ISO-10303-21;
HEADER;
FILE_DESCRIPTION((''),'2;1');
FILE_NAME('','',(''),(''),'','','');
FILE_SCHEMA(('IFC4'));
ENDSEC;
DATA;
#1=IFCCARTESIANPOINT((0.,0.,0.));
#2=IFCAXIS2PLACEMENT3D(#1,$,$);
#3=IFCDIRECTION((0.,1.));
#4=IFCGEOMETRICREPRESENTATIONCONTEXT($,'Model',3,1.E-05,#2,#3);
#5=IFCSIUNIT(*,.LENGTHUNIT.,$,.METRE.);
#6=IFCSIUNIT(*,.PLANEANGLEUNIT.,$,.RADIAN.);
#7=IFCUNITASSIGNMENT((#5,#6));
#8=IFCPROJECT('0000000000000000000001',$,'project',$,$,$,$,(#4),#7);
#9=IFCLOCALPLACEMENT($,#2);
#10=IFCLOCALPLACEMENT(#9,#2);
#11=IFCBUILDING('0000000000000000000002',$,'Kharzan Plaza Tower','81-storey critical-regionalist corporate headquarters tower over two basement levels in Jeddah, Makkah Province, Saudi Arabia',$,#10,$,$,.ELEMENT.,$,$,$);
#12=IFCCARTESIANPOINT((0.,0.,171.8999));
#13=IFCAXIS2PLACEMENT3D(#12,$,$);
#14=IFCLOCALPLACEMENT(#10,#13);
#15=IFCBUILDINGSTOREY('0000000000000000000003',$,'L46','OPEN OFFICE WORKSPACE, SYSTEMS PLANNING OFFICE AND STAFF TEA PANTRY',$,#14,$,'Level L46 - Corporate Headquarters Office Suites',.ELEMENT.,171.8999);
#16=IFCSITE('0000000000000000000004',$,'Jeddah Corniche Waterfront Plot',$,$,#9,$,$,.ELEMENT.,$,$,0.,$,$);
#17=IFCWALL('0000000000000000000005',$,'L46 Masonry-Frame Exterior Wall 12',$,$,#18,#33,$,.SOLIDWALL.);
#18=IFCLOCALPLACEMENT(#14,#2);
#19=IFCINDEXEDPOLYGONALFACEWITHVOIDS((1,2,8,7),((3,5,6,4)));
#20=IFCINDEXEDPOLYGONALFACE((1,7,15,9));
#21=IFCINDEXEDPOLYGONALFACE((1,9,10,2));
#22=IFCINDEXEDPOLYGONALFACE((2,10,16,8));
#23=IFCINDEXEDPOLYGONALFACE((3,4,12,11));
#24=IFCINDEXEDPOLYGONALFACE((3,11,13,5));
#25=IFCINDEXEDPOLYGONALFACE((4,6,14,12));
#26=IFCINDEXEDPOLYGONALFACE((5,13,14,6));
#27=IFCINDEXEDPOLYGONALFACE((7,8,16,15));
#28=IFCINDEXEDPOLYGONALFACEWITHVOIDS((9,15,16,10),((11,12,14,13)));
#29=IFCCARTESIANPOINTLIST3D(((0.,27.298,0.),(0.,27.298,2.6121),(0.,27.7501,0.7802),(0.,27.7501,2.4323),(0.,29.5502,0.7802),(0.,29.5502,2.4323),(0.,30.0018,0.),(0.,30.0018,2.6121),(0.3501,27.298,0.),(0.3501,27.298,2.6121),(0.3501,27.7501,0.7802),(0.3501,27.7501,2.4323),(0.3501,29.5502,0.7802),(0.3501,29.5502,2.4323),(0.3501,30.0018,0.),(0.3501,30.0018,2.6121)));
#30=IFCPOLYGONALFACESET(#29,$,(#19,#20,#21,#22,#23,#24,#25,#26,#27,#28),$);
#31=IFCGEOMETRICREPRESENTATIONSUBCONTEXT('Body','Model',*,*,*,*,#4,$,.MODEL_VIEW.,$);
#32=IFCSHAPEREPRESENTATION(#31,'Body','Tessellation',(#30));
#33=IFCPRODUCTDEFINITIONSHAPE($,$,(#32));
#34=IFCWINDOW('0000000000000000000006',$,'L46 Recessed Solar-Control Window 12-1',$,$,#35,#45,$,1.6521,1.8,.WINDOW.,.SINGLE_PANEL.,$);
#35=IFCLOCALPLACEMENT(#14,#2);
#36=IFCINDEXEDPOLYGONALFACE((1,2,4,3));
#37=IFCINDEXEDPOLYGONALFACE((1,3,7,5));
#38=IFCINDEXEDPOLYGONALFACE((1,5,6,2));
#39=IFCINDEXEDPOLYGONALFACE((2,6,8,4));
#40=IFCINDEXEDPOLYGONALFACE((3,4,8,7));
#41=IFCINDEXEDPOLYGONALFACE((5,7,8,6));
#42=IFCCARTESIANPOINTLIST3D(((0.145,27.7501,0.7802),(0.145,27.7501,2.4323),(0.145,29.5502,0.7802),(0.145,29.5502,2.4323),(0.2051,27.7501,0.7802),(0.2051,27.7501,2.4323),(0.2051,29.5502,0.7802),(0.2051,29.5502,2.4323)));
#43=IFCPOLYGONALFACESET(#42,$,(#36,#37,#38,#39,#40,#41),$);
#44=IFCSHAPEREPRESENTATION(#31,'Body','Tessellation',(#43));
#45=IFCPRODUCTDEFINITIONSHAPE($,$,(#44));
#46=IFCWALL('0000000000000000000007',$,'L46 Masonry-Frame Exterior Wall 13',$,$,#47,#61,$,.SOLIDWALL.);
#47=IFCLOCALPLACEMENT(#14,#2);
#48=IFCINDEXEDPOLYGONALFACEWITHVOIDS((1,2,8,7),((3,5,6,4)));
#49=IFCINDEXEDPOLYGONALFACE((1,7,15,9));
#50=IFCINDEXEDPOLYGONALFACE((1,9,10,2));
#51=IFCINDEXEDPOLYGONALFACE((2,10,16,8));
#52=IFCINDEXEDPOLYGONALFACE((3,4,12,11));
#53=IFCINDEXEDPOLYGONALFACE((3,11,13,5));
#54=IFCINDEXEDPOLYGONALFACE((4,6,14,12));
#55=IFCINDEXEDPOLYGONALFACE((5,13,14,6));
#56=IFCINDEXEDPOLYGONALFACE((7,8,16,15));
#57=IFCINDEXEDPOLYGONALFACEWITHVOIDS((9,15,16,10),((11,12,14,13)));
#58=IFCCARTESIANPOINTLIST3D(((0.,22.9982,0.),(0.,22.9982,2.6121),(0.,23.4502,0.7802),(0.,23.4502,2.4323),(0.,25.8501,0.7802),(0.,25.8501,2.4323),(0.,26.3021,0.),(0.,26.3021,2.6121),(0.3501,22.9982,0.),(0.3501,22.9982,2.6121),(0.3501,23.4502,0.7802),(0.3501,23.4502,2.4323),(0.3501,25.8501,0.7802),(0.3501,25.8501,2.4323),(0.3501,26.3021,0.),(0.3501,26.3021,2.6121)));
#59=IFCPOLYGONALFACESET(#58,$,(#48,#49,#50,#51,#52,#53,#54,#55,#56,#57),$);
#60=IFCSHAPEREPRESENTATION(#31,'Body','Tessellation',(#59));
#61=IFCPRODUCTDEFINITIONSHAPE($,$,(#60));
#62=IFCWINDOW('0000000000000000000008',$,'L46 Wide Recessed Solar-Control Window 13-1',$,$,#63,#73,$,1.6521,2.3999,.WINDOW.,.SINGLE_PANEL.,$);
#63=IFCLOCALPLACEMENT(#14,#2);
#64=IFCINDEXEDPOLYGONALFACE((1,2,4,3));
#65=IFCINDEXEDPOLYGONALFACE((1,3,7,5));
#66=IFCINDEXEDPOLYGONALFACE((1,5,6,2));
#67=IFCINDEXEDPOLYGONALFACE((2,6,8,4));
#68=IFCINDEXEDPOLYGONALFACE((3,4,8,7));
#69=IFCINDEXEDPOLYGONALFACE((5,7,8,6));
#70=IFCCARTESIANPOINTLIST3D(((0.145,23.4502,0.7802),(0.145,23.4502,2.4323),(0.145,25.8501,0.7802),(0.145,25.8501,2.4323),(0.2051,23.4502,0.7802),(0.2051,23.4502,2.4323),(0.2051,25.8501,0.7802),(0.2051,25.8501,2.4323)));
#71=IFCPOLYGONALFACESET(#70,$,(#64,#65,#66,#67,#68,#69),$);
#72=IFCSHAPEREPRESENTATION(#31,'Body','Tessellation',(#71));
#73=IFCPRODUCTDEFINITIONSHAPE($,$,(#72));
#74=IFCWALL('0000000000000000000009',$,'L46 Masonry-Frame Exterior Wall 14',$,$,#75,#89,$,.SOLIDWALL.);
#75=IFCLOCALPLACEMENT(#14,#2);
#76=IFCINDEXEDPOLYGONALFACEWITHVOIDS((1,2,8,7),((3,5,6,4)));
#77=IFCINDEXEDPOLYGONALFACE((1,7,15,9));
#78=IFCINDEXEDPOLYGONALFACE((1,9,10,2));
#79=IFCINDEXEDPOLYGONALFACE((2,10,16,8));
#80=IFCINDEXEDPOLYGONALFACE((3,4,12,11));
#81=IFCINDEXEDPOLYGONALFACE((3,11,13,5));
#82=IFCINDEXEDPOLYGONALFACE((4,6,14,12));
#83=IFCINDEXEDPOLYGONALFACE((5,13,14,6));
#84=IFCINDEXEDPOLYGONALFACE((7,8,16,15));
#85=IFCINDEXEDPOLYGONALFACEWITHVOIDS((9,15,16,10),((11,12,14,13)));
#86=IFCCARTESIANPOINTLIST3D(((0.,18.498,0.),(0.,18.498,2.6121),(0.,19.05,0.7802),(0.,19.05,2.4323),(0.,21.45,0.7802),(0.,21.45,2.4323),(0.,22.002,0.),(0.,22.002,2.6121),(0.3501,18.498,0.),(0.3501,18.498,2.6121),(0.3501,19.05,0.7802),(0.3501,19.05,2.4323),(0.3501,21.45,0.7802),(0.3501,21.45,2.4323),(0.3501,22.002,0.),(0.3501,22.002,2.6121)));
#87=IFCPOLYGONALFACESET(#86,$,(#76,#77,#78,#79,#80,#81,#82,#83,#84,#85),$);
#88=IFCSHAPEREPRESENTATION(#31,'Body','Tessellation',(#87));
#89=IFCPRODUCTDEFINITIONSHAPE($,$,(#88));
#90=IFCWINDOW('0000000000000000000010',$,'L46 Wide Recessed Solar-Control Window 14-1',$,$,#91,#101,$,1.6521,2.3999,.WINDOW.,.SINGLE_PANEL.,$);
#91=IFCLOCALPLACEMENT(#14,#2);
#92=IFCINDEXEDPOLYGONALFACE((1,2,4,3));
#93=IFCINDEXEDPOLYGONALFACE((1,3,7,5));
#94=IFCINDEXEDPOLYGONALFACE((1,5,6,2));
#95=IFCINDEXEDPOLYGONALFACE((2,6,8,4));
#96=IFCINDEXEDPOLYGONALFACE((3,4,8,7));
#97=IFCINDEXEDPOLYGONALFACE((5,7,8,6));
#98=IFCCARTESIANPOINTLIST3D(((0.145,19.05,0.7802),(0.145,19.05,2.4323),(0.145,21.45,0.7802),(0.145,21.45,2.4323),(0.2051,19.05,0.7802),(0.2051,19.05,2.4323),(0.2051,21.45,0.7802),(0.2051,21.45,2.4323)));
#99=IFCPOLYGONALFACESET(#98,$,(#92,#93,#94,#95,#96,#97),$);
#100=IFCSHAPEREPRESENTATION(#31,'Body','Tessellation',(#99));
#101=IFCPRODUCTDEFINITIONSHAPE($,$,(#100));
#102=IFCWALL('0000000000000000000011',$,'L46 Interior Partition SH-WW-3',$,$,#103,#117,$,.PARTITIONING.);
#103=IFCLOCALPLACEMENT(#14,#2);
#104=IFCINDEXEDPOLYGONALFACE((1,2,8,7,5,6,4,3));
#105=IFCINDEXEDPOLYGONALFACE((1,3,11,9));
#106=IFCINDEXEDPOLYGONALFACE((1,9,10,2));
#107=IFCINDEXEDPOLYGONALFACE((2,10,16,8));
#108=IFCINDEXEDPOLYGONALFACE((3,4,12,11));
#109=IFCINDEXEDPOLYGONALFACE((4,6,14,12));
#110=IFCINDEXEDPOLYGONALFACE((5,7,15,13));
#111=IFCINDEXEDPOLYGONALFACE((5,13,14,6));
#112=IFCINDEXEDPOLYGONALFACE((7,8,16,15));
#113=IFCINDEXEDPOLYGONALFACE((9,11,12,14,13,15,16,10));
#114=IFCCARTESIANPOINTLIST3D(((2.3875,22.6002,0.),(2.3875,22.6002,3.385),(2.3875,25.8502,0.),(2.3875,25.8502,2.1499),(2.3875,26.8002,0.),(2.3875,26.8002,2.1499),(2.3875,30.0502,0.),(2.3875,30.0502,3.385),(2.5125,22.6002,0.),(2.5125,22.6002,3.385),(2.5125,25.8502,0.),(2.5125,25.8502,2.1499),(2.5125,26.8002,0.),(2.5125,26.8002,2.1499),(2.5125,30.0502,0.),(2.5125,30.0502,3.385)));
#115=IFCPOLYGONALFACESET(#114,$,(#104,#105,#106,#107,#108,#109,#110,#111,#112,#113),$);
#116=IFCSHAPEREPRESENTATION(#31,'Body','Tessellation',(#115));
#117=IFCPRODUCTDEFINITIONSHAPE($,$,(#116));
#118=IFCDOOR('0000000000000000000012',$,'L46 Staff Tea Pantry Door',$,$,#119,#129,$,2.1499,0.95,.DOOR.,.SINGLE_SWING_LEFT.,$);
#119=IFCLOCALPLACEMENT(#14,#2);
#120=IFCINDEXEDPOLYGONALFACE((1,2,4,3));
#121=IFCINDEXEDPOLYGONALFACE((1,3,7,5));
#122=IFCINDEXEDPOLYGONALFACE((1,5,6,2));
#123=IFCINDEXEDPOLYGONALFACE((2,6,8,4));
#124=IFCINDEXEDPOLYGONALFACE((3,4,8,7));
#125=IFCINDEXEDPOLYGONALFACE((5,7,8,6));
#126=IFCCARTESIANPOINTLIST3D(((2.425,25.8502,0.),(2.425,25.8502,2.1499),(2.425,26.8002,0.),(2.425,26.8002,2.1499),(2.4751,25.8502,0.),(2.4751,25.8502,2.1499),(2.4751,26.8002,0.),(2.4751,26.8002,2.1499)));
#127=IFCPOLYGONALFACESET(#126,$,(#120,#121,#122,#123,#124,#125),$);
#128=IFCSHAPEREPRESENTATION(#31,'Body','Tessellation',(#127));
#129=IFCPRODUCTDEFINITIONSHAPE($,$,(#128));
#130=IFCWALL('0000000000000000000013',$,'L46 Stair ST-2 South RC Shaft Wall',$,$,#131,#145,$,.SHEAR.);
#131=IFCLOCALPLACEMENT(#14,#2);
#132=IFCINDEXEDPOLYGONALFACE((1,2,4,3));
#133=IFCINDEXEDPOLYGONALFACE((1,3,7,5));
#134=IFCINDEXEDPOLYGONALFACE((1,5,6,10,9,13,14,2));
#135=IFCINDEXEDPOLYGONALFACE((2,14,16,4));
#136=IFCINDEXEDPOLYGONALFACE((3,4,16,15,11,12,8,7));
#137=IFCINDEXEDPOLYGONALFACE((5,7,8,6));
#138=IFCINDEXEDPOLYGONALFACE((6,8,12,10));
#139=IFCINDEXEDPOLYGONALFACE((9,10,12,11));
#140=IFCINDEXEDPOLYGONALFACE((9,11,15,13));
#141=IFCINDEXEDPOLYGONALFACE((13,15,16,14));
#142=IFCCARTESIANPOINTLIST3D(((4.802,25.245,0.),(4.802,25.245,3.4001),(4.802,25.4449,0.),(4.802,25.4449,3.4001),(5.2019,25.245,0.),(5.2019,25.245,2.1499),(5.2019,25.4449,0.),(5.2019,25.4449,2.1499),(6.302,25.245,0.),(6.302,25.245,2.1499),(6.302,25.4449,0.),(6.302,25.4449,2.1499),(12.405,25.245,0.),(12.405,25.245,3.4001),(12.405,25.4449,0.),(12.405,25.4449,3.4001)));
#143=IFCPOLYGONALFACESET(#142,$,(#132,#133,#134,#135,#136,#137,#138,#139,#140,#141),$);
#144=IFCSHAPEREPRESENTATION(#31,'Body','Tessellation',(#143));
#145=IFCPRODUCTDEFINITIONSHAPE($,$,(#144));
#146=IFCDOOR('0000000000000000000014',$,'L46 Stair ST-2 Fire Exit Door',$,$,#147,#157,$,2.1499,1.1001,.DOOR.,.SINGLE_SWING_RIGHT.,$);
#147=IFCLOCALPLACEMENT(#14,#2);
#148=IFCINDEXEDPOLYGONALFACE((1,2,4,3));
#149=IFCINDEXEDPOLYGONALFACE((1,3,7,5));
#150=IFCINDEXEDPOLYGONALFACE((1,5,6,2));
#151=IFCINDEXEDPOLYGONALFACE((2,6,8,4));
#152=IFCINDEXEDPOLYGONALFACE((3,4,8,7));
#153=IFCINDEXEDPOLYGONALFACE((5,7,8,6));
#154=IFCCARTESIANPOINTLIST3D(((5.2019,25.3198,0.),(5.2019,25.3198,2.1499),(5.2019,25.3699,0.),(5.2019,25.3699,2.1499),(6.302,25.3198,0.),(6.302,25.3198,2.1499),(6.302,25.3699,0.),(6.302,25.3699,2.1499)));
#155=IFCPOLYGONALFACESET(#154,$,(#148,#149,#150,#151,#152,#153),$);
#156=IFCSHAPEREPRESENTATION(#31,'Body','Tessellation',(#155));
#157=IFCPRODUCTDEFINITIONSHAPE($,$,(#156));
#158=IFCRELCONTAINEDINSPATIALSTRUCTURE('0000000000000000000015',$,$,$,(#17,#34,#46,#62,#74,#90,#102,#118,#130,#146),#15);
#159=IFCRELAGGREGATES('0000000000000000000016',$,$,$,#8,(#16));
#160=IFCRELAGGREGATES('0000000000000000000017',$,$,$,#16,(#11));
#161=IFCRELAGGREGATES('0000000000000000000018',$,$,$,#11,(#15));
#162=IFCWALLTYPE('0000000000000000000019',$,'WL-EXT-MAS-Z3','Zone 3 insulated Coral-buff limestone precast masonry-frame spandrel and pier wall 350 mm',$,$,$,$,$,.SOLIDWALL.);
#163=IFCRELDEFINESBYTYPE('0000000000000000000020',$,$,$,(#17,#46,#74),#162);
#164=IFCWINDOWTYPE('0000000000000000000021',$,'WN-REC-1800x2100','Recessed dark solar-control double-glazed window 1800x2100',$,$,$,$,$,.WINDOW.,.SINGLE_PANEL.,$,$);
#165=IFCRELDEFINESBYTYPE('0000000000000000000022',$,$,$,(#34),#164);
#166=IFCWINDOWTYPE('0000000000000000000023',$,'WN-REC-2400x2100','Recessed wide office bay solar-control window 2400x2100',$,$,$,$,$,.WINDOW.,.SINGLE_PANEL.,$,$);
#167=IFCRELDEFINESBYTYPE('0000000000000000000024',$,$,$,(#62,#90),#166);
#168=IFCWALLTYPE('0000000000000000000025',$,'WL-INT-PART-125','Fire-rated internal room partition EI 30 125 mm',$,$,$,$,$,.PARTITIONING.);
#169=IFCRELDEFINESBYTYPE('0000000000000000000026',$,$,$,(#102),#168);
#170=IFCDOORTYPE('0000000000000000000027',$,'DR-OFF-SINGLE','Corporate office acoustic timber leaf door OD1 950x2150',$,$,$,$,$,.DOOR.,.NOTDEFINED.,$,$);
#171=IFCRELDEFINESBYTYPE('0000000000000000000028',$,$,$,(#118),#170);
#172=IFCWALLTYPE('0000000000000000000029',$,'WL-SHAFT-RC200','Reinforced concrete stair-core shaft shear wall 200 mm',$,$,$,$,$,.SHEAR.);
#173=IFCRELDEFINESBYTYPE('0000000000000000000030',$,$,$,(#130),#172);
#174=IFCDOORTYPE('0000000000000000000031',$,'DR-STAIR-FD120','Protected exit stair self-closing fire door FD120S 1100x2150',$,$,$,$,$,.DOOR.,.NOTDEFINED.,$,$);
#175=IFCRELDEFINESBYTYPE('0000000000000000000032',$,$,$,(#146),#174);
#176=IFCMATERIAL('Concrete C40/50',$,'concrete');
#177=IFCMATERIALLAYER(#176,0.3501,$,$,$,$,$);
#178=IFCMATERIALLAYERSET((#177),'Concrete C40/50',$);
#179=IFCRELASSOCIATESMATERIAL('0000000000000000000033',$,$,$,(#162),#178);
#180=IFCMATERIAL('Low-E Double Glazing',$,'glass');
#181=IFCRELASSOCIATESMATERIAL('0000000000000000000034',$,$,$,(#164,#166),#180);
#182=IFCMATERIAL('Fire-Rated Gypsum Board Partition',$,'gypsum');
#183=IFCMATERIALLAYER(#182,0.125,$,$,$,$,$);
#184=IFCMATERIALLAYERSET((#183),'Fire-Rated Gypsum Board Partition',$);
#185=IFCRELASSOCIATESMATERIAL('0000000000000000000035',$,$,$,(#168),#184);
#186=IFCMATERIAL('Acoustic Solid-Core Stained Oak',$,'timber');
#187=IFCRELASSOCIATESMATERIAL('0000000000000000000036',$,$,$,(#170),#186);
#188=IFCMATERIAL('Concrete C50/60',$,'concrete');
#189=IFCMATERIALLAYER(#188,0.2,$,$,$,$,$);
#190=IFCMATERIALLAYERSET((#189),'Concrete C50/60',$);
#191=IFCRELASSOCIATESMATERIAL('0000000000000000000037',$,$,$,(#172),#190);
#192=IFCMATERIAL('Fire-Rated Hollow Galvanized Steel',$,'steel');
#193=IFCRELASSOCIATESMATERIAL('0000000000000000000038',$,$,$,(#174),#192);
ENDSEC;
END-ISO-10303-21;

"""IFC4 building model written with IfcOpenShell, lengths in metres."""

from ifc_helpers import new_model, si_unit, direction, frame, frame_2d, origin, place, context, subcontext, project, spatial, rectangle, extrude, source, transform, mapped, material, layer, layer_set, type_object, element, fill, save


model = new_model("IFC4")

# Units and contexts
model_context = context("Model", 3, precision=1e-05, world=origin(), true_north=direction((0.0, 1.0)))
body_context = subcontext(model_context, "Body", "Model", "MODEL_VIEW")
ifc_project = project(units=[si_unit("LENGTHUNIT", "METRE"), si_unit("PLANEANGLEUNIT", "RADIAN")], contexts=[model_context])

# Site, building, storey
site_placement = place(None, origin())
site = spatial("IfcSite", under=ifc_project, at=site_placement, Name="Jeddah Corniche Waterfront Plot", CompositionType="ELEMENT", RefElevation=0.0)
building_placement = place(site_placement, origin())
building = spatial("IfcBuilding", under=site, at=building_placement, Name="Kharzan Plaza Tower", Description="81-storey critical-regionalist corporate headquarters tower over two basement levels in Jeddah, Makkah Province, Saudi Arabia", CompositionType="ELEMENT")
storey_placement = place(building_placement, frame((0.0, 0.0, 171.8999)))
storey = spatial("IfcBuildingStorey", under=building, at=storey_placement, Name="L46", Description="OPEN OFFICE WORKSPACE, SYSTEMS PLANNING OFFICE AND STAFF TEA PANTRY", LongName="Level L46 - Corporate Headquarters Office Suites", CompositionType="ELEMENT", Elevation=171.8999)

# Shared definitions
ifc_material_1 = material(Name="Concrete C50/60", Category="concrete")

# Walls, openings, windows
ifc_material_2 = material(Name="Concrete C40/50", Category="concrete")
ifc_layer_1 = layer(ifc_material_2, 0.3501)
ifc_layer_set_1 = layer_set([ifc_layer_1], Name="Concrete C40/50")
wall_type_1 = type_object("IfcWallType", Name="WL-EXT-MAS-Z3", Description="Zone 3 insulated Coral-buff limestone precast masonry-frame spandrel and pier wall 350 mm", PredefinedType="SOLIDWALL", material=ifc_layer_set_1)
wall_1_placement = place(storey_placement, frame((0.175, 30.002, 0.0), z_axis=(0.0, 0.0, 1.0), x_axis=(0.0, -1.0, 0.0)))
wall_1 = element("IfcWall", 1, at=wall_1_placement, inside=storey, type_object=wall_type_1, Name="L46 Masonry-Frame Exterior Wall 12", PredefinedType="SOLIDWALL", context=body_context, shape_type="SweptSolid", body=[
    extrude(rectangle(XDim=2.7039, YDim=0.3501, at=frame_2d((1.3521, 0.0))), origin(), (0.0, 0.0, 1.0), 2.6121),
])
opening_1_placement = place(wall_1_placement, frame((0.4519, 0.0, 0.78)))
opening_1 = element("IfcOpeningElement", 2, at=opening_1_placement, cuts=wall_1, PredefinedType="OPENING", context=body_context, shape_type="SweptSolid", body=[
    extrude(rectangle(XDim=1.8, YDim=1.6521, at=frame_2d((0.8999, 0.8262))), frame((0.0, 0.1851, 0.0), z_axis=(0.0, -1.0, 0.0), x_axis=(1.0, 0.0, 0.0)), (0.0, 0.0, 1.0), 0.3701),
])
ifc_material_3 = material(Name="Low-E Double Glazing", Category="glass")
window_type_1 = type_object("IfcWindowType", Name="WN-REC-1800x2100", Description="Recessed dark solar-control double-glazed window 1800x2100", PartitioningType="SINGLE_PANEL", PredefinedType="WINDOW", material=ifc_material_3)
shared_shape_1 = source(origin(), body_context, "Body", "SweptSolid", [
    extrude(rectangle(XDim=1.8, YDim=1.6521, at=frame_2d((0.8999, 0.8262))), frame((0.0, 0.03, 0.0), z_axis=(0.0, -1.0, 0.0), x_axis=(1.0, 0.0, 0.0)), (0.0, 0.0, 1.0), 0.0601),
])
window_1_placement = place(opening_1_placement, origin())
window_1 = element("IfcWindow", 3, at=window_1_placement, inside=storey, type_object=window_type_1, Name="L46 Recessed Solar-Control Window 12-1", OverallHeight=1.6521, OverallWidth=1.8, PartitioningType="SINGLE_PANEL", PredefinedType="WINDOW", context=body_context, shape_type="MappedRepresentation", body=[
    mapped(shared_shape_1, transform((0.0, 0.0, 0.0), x_axis=(1.0, 0.0, 0.0), y_axis=(0.0, 1.0, 0.0), z_axis=(0.0, 0.0, 1.0))),
])
fill(opening_1, window_1)
wall_2_placement = place(storey_placement, frame((0.175, 26.302, 0.0), z_axis=(0.0, 0.0, 1.0), x_axis=(0.0, -1.0, 0.0)))
wall_2 = element("IfcWall", 4, at=wall_2_placement, inside=storey, type_object=wall_type_1, Name="L46 Masonry-Frame Exterior Wall 13", PredefinedType="SOLIDWALL", context=body_context, shape_type="SweptSolid", body=[
    extrude(rectangle(XDim=3.304, YDim=0.3501, at=frame_2d((1.6519, 0.0))), origin(), (0.0, 0.0, 1.0), 2.6121),
])
opening_2_placement = place(wall_2_placement, frame((0.4519, 0.0, 0.78)))
opening_2 = element("IfcOpeningElement", 5, at=opening_2_placement, cuts=wall_2, PredefinedType="OPENING", context=body_context, shape_type="SweptSolid", body=[
    extrude(rectangle(XDim=2.3999, YDim=1.6521, at=frame_2d((1.2, 0.8262))), frame((0.0, 0.1851, 0.0), z_axis=(0.0, -1.0, 0.0), x_axis=(1.0, 0.0, 0.0)), (0.0, 0.0, 1.0), 0.3701),
])
window_type_2 = type_object("IfcWindowType", Name="WN-REC-2400x2100", Description="Recessed wide office bay solar-control window 2400x2100", PartitioningType="SINGLE_PANEL", PredefinedType="WINDOW", material=ifc_material_3)
shared_shape_2 = source(origin(), body_context, "Body", "SweptSolid", [
    extrude(rectangle(XDim=2.3999, YDim=1.6521, at=frame_2d((1.2, 0.8262))), frame((0.0, 0.03, 0.0), z_axis=(0.0, -1.0, 0.0), x_axis=(1.0, 0.0, 0.0)), (0.0, 0.0, 1.0), 0.0601),
])
window_2_placement = place(opening_2_placement, origin())
window_2 = element("IfcWindow", 6, at=window_2_placement, inside=storey, type_object=window_type_2, Name="L46 Wide Recessed Solar-Control Window 13-1", OverallHeight=1.6521, OverallWidth=2.3999, PartitioningType="SINGLE_PANEL", PredefinedType="WINDOW", context=body_context, shape_type="MappedRepresentation", body=[
    mapped(shared_shape_2, transform((0.0, 0.0, 0.0), x_axis=(1.0, 0.0, 0.0), y_axis=(0.0, 1.0, 0.0), z_axis=(0.0, 0.0, 1.0))),
])
fill(opening_2, window_2)
wall_3_placement = place(storey_placement, frame((0.175, 22.002, 0.0), z_axis=(0.0, 0.0, 1.0), x_axis=(0.0, -1.0, 0.0)))
wall_3 = element("IfcWall", 7, at=wall_3_placement, inside=storey, type_object=wall_type_1, Name="L46 Masonry-Frame Exterior Wall 14", PredefinedType="SOLIDWALL", context=body_context, shape_type="SweptSolid", body=[
    extrude(rectangle(XDim=3.5039, YDim=0.3501, at=frame_2d((1.752, 0.0))), origin(), (0.0, 0.0, 1.0), 2.6121),
])
opening_3_placement = place(wall_3_placement, frame((0.552, 0.0, 0.78)))
opening_3 = element("IfcOpeningElement", 8, at=opening_3_placement, cuts=wall_3, PredefinedType="OPENING", context=body_context, shape_type="SweptSolid", body=[
    extrude(rectangle(XDim=2.3999, YDim=1.6521, at=frame_2d((1.2, 0.8262))), frame((0.0, 0.1851, 0.0), z_axis=(0.0, -1.0, 0.0), x_axis=(1.0, 0.0, 0.0)), (0.0, 0.0, 1.0), 0.3701),
])
window_3_placement = place(opening_3_placement, origin())
window_3 = element("IfcWindow", 9, at=window_3_placement, inside=storey, type_object=window_type_2, Name="L46 Wide Recessed Solar-Control Window 14-1", OverallHeight=1.6521, OverallWidth=2.3999, PartitioningType="SINGLE_PANEL", PredefinedType="WINDOW", context=body_context, shape_type="MappedRepresentation", body=[
    mapped(shared_shape_2, transform((0.0, 0.0, 0.0), x_axis=(1.0, 0.0, 0.0), y_axis=(0.0, 1.0, 0.0), z_axis=(0.0, 0.0, 1.0))),
])
fill(opening_3, window_3)

# Walls, openings, doors
ifc_material_4 = material(Name="Fire-Rated Gypsum Board Partition", Category="gypsum")
ifc_layer_2 = layer(ifc_material_4, 0.125)
ifc_layer_set_2 = layer_set([ifc_layer_2], Name="Fire-Rated Gypsum Board Partition")
wall_type_2 = type_object("IfcWallType", Name="WL-INT-PART-125", Description="Fire-rated internal room partition EI 30 125 mm", PredefinedType="PARTITIONING", material=ifc_layer_set_2)
wall_4_placement = place(storey_placement, frame((2.45, 22.6001, 0.0), z_axis=(0.0, 0.0, 1.0), x_axis=(0.0, 1.0, 0.0)))
wall_4 = element("IfcWall", 10, at=wall_4_placement, inside=storey, type_object=wall_type_2, Name="L46 Interior Partition SH-WW-3", PredefinedType="PARTITIONING", context=body_context, shape_type="SweptSolid", body=[
    extrude(rectangle(XDim=7.45, YDim=0.125, at=frame_2d((3.7251, 0.0))), origin(), (0.0, 0.0, 1.0), 3.385),
])
opening_4_placement = place(wall_4_placement, frame((3.25, 0.0, 0.0)))
opening_4 = element("IfcOpeningElement", 11, at=opening_4_placement, cuts=wall_4, PredefinedType="OPENING", context=body_context, shape_type="SweptSolid", body=[
    extrude(rectangle(XDim=0.95, YDim=2.1499, at=frame_2d((0.4751, 1.075))), frame((0.0, 0.0725, 0.0), z_axis=(0.0, -1.0, 0.0), x_axis=(1.0, 0.0, 0.0)), (0.0, 0.0, 1.0), 0.145),
])
ifc_material_5 = material(Name="Acoustic Solid-Core Stained Oak", Category="timber")
door_type_1 = type_object("IfcDoorType", Name="DR-OFF-SINGLE", Description="Corporate office acoustic timber leaf door OD1 950x2150", OperationType="NOTDEFINED", PredefinedType="DOOR", material=ifc_material_5)
shared_shape_3 = source(origin(), body_context, "Body", "SweptSolid", [
    extrude(rectangle(XDim=0.95, YDim=2.1499, at=frame_2d((0.4751, 1.075))), frame((0.0, 0.0249, 0.0), z_axis=(0.0, -1.0, 0.0), x_axis=(1.0, 0.0, 0.0)), (0.0, 0.0, 1.0), 0.05),
])
door_1_placement = place(opening_4_placement, origin())
door_1 = element("IfcDoor", 12, at=door_1_placement, inside=storey, type_object=door_type_1, Name="L46 Staff Tea Pantry Door", OperationType="SINGLE_SWING_LEFT", OverallHeight=2.1499, OverallWidth=0.95, PredefinedType="DOOR", context=body_context, shape_type="MappedRepresentation", body=[
    mapped(shared_shape_3, transform((0.0, 0.0, 0.0), x_axis=(1.0, 0.0, 0.0), y_axis=(0.0, 1.0, 0.0), z_axis=(0.0, 0.0, 1.0))),
])
fill(opening_4, door_1)
ifc_layer_3 = layer(ifc_material_1, 0.2)
ifc_layer_set_3 = layer_set([ifc_layer_3], Name="Concrete C50/60")
wall_type_3 = type_object("IfcWallType", Name="WL-SHAFT-RC200", Description="Reinforced concrete stair-core shaft shear wall 200 mm", PredefinedType="SHEAR", material=ifc_layer_set_3)
wall_5_placement = place(storey_placement, frame((4.802, 25.345, 0.0), z_axis=(0.0, 0.0, 1.0), x_axis=(1.0, 0.0, 0.0)))
wall_5 = element("IfcWall", 13, at=wall_5_placement, inside=storey, type_object=wall_type_3, Name="L46 Stair ST-2 South RC Shaft Wall", PredefinedType="SHEAR", context=body_context, shape_type="SweptSolid", body=[
    extrude(rectangle(XDim=7.603, YDim=0.2, at=frame_2d((3.8015, 0.0))), origin(), (0.0, 0.0, 1.0), 3.4001),
])
opening_5_placement = place(wall_5_placement, frame((0.3999, 0.0, 0.0)))
opening_5 = element("IfcOpeningElement", 14, at=opening_5_placement, cuts=wall_5, PredefinedType="OPENING", context=body_context, shape_type="SweptSolid", body=[
    extrude(rectangle(XDim=1.1001, YDim=2.1499, at=frame_2d((0.55, 1.075))), frame((0.0, 0.1099, 0.0), z_axis=(0.0, -1.0, 0.0), x_axis=(1.0, 0.0, 0.0)), (0.0, 0.0, 1.0), 0.22),
])
ifc_material_6 = material(Name="Fire-Rated Hollow Galvanized Steel", Category="steel")
door_type_2 = type_object("IfcDoorType", Name="DR-STAIR-FD120", Description="Protected exit stair self-closing fire door FD120S 1100x2150", OperationType="NOTDEFINED", PredefinedType="DOOR", material=ifc_material_6)
shared_shape_4 = source(origin(), body_context, "Body", "SweptSolid", [
    extrude(rectangle(XDim=1.1001, YDim=2.1499, at=frame_2d((0.55, 1.075))), frame((0.0, 0.0249, 0.0), z_axis=(0.0, -1.0, 0.0), x_axis=(1.0, 0.0, 0.0)), (0.0, 0.0, 1.0), 0.05),
])
door_2_placement = place(opening_5_placement, origin())
door_2 = element("IfcDoor", 15, at=door_2_placement, inside=storey, type_object=door_type_2, Name="L46 Stair ST-2 Fire Exit Door", OperationType="SINGLE_SWING_RIGHT", OverallHeight=2.1499, OverallWidth=1.1001, PredefinedType="DOOR", context=body_context, shape_type="MappedRepresentation", body=[
    mapped(shared_shape_4, transform((0.0, 0.0, 0.0), x_axis=(1.0, 0.0, 0.0), y_axis=(0.0, 1.0, 0.0), z_axis=(0.0, 0.0, 1.0))),
])
fill(opening_5, door_2)

save(model, "model.ifc")
